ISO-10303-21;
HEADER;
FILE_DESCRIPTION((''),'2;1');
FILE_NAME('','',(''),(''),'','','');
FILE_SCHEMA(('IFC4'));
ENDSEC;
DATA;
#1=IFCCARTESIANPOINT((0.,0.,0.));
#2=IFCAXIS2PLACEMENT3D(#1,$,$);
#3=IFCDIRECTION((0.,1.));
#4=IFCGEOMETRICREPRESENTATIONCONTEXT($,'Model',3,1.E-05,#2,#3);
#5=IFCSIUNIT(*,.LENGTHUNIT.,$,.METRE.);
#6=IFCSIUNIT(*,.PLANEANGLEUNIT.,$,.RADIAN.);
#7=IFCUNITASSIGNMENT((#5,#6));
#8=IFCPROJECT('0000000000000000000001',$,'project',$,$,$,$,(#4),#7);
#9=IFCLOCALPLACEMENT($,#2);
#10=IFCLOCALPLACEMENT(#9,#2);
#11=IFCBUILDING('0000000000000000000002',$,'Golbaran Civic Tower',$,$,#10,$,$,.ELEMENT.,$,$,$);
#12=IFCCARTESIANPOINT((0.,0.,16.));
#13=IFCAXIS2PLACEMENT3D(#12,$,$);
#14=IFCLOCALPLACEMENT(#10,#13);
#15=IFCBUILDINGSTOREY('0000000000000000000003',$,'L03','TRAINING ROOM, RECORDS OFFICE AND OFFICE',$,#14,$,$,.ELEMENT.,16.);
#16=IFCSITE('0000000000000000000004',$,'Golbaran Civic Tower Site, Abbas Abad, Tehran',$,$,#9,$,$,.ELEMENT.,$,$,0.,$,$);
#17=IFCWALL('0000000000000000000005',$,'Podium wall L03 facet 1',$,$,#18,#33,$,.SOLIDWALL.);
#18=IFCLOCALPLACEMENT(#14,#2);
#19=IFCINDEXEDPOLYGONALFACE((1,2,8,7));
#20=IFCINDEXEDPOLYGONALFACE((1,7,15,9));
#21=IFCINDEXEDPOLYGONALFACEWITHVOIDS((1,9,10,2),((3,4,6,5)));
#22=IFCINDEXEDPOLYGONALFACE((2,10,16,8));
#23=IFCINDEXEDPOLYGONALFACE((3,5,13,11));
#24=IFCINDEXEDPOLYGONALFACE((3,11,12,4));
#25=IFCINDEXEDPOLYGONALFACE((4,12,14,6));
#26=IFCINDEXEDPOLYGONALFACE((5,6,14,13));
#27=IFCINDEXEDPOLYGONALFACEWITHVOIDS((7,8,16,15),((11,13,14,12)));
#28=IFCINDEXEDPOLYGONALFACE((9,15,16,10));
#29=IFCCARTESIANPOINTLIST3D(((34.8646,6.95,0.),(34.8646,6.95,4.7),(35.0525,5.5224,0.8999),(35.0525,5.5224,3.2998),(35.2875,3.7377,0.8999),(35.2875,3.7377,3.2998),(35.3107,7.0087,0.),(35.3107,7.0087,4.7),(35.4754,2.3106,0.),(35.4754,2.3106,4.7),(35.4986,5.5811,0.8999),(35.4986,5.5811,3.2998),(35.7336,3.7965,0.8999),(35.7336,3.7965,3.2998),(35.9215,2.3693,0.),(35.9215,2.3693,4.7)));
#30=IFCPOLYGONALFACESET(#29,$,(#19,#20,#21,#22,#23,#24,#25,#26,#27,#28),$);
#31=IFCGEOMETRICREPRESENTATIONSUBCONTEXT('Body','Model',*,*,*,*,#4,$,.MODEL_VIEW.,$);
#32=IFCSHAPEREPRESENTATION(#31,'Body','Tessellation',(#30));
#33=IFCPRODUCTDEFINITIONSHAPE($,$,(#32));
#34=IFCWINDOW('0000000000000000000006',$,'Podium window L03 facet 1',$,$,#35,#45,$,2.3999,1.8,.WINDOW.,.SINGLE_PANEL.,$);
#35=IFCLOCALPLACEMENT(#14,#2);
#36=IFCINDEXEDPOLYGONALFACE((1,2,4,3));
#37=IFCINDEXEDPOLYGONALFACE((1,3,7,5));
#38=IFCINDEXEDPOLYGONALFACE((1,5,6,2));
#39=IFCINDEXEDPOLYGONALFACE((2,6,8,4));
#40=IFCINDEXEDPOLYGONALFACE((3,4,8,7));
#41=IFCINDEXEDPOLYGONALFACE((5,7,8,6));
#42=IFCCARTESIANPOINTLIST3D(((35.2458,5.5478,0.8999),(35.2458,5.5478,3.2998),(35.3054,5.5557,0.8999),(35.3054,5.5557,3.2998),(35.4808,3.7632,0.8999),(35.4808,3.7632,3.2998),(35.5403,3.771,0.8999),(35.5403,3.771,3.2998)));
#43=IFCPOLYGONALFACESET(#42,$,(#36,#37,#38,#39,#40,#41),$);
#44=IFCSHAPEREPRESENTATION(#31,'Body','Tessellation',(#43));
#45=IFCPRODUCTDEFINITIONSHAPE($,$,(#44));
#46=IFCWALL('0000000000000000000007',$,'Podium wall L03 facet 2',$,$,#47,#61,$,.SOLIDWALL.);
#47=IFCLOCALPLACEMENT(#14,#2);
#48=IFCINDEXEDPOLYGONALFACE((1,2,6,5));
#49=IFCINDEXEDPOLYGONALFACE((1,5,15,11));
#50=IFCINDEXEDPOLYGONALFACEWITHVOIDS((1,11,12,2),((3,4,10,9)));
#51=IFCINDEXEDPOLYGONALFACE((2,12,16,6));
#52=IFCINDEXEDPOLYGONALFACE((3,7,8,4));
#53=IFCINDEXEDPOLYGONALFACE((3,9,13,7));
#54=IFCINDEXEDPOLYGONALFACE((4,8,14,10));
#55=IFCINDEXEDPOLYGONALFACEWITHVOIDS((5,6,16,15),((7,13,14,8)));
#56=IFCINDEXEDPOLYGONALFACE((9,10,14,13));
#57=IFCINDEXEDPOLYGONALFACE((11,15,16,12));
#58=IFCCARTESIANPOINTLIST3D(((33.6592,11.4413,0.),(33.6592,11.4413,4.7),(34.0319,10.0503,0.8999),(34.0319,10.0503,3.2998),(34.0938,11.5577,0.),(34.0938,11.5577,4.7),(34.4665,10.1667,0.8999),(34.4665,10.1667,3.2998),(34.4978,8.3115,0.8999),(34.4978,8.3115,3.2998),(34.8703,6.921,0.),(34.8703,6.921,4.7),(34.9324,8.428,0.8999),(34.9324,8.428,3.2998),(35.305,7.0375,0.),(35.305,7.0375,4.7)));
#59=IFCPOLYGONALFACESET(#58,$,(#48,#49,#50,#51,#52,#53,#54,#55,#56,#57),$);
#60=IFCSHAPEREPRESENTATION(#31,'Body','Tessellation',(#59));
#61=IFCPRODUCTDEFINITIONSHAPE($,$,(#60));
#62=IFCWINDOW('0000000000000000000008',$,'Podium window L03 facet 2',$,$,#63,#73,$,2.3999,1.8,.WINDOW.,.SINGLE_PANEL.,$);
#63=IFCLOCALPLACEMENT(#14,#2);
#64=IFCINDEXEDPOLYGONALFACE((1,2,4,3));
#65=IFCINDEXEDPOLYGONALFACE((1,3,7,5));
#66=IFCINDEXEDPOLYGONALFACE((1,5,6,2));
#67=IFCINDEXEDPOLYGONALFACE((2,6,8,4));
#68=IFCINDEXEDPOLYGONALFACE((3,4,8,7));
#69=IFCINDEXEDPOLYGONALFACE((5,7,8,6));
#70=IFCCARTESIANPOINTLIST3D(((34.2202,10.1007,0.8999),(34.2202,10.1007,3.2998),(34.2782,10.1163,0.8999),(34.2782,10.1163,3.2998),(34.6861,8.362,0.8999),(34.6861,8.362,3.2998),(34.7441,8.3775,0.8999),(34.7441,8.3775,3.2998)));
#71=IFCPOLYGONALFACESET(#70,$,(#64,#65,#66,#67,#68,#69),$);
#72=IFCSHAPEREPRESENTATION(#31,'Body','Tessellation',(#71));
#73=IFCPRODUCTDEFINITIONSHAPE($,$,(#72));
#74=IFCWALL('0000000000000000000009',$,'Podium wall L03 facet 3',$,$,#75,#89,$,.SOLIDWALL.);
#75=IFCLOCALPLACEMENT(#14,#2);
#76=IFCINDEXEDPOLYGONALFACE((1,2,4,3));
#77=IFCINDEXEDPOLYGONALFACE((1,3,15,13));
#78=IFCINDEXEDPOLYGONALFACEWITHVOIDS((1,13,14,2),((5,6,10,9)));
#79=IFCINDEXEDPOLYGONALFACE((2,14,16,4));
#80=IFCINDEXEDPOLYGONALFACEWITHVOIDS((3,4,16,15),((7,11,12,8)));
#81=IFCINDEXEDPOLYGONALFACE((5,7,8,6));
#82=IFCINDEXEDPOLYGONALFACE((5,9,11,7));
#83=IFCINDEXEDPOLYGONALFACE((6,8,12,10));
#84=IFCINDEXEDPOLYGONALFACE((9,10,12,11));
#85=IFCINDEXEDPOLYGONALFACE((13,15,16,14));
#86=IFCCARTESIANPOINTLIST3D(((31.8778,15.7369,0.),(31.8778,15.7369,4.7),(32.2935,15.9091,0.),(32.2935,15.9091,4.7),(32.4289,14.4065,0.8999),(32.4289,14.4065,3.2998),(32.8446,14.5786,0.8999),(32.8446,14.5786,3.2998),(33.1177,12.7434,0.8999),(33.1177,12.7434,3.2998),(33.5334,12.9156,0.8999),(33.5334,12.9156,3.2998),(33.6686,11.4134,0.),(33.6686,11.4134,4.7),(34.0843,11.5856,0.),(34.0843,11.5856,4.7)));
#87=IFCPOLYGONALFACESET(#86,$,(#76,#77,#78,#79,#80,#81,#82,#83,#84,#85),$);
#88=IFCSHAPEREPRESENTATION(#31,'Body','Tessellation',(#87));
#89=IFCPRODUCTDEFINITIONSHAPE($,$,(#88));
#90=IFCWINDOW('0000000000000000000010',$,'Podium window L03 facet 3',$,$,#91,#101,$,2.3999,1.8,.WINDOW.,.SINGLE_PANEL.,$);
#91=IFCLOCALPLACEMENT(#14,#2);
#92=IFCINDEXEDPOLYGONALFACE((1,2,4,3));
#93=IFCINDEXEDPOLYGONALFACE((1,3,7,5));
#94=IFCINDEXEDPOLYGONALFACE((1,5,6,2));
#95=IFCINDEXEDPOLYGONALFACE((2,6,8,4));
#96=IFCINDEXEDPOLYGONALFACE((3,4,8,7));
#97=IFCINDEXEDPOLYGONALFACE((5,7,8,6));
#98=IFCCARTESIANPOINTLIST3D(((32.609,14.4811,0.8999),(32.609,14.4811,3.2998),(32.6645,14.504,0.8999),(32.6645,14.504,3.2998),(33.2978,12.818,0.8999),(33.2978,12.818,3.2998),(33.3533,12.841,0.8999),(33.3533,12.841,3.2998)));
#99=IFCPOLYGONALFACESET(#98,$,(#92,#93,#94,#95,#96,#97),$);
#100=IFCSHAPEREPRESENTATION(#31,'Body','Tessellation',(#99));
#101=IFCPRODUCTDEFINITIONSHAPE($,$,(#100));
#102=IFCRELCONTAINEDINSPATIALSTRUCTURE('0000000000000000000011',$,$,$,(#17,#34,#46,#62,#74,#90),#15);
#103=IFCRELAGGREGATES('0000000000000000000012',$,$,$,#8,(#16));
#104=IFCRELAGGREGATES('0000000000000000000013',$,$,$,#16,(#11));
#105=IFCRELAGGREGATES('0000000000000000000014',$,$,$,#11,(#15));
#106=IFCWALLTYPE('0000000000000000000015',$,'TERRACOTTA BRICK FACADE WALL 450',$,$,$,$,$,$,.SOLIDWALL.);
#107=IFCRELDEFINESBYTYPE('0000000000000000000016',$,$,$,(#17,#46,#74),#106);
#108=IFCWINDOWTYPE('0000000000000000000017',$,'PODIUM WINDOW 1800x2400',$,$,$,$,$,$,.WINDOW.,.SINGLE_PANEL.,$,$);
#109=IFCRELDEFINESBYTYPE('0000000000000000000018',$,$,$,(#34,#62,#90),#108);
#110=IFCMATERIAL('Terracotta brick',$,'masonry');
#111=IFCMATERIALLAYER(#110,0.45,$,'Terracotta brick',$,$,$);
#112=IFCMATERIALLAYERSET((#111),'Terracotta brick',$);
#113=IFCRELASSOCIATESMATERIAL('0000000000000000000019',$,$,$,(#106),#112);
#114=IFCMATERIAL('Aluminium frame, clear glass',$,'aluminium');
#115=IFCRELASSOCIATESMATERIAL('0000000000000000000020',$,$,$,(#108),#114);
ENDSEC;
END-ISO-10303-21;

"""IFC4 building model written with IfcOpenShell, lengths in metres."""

from ifc_helpers import new_model, si_unit, direction, frame, frame_2d, origin, place, context, subcontext, project, spatial, rectangle, extrude, material, layer, layer_set, type_object, element, fill, save


model = new_model("IFC4")

# Units and contexts
model_context = context("Model", 3, precision=1e-05, world=origin(), true_north=direction((0.0, 1.0)))
body_context = subcontext(model_context, "Body", "Model", "MODEL_VIEW")
ifc_project = project(units=[si_unit("LENGTHUNIT", "METRE"), si_unit("PLANEANGLEUNIT", "RADIAN")], contexts=[model_context])

# Site, building, storey
site_placement = place(None, origin())
site = spatial("IfcSite", under=ifc_project, at=site_placement, Name="Golbaran Civic Tower Site, Abbas Abad, Tehran", CompositionType="ELEMENT", RefElevation=0.0)
building_placement = place(site_placement, origin())
building = spatial("IfcBuilding", under=site, at=building_placement, Name="Golbaran Civic Tower", CompositionType="ELEMENT")
storey_placement = place(building_placement, frame((0.0, 0.0, 16.0)))
storey = spatial("IfcBuildingStorey", under=building, at=storey_placement, Name="L03", Description="TRAINING ROOM, RECORDS OFFICE AND OFFICE", CompositionType="ELEMENT", Elevation=16.0)

# Walls, openings, windows
ifc_material_1 = material(Name="Terracotta brick", Category="masonry")
ifc_layer_1 = layer(ifc_material_1, 0.45, Name="Terracotta brick")
ifc_layer_set_1 = layer_set([ifc_layer_1], Name="Terracotta brick")
wall_type_1 = type_object("IfcWallType", Name="TERRACOTTA BRICK FACADE WALL 450", PredefinedType="SOLIDWALL", material=ifc_layer_set_1)
wall_1_placement = place(storey_placement, frame((35.6985, 2.3398, 0.0), z_axis=(0.0, 0.0, 1.0), x_axis=(-0.130537, 0.991443, 0.0)))
wall_1 = element("IfcWall", 1, at=wall_1_placement, inside=storey, type_object=wall_type_1, Name="Podium wall L03 facet 1", PredefinedType="SOLIDWALL", context=body_context, shape_type="SweptSolid", body=[
    extrude(rectangle(XDim=4.6794, YDim=0.45, at=frame_2d((2.3398, 0.0))), origin(), (0.0, 0.0, 1.0), 4.7),
])
opening_1_placement = place(wall_1_placement, frame((1.4397, 0.0, 0.8999)))
opening_1 = element("IfcOpeningElement", 2, at=opening_1_placement, cuts=wall_1, PredefinedType="OPENING", context=body_context, shape_type="SweptSolid", body=[
    extrude(rectangle(XDim=1.8, YDim=2.3999, at=frame_2d((0.8999, 1.2))), frame((0.0, 0.2349, 0.0), z_axis=(0.0, -1.0, 0.0), x_axis=(1.0, 0.0, 0.0)), (0.0, 0.0, 1.0), 0.47),
])
ifc_material_2 = material(Name="Aluminium frame, clear glass", Category="aluminium")
window_type = type_object("IfcWindowType", Name="PODIUM WINDOW 1800x2400", PartitioningType="SINGLE_PANEL", PredefinedType="WINDOW", material=ifc_material_2)
window_1_placement = place(opening_1_placement, origin())
window_1 = element("IfcWindow", 3, at=window_1_placement, inside=storey, type_object=window_type, Name="Podium window L03 facet 1", OverallHeight=2.3999, OverallWidth=1.8, PartitioningType="SINGLE_PANEL", PredefinedType="WINDOW", context=body_context, shape_type="SweptSolid", body=[
    extrude(rectangle(XDim=1.8, YDim=2.3999, at=frame_2d((0.8999, 1.2))), frame((0.0, 0.03, 0.0), z_axis=(0.0, -1.0, 0.0), x_axis=(1.0, 0.0, 0.0)), (0.0, 0.0, 1.0), 0.0601),
])
fill(opening_1, window_1)
wall_2_placement = place(storey_placement, frame((35.0876, 6.9792, 0.0), z_axis=(0.0, 0.0, 1.0), x_axis=(-0.258815, 0.965927, 0.0)))
wall_2 = element("IfcWall", 4, at=wall_2_placement, inside=storey, type_object=wall_type_1, Name="Podium wall L03 facet 2", PredefinedType="SOLIDWALL", context=body_context, shape_type="SweptSolid", body=[
    extrude(rectangle(XDim=4.6797, YDim=0.45, at=frame_2d((2.3398, 0.0))), origin(), (0.0, 0.0, 1.0), 4.7),
])
opening_2_placement = place(wall_2_placement, frame((1.4397, 0.0, 0.8999)))
opening_2 = element("IfcOpeningElement", 5, at=opening_2_placement, cuts=wall_2, PredefinedType="OPENING", context=body_context, shape_type="SweptSolid", body=[
    extrude(rectangle(XDim=1.8, YDim=2.3999, at=frame_2d((0.8999, 1.2))), frame((0.0, 0.2349, 0.0), z_axis=(0.0, -1.0, 0.0), x_axis=(1.0, 0.0, 0.0)), (0.0, 0.0, 1.0), 0.47),
])
window_2_placement = place(opening_2_placement, origin())
window_2 = element("IfcWindow", 6, at=window_2_placement, inside=storey, type_object=window_type, Name="Podium window L03 facet 2", OverallHeight=2.3999, OverallWidth=1.8, PartitioningType="SINGLE_PANEL", PredefinedType="WINDOW", context=body_context, shape_type="SweptSolid", body=[
    extrude(rectangle(XDim=1.8, YDim=2.3999, at=frame_2d((0.8999, 1.2))), frame((0.0, 0.03, 0.0), z_axis=(0.0, -1.0, 0.0), x_axis=(1.0, 0.0, 0.0)), (0.0, 0.0, 1.0), 0.0601),
])
fill(opening_2, window_2)
wall_3_placement = place(storey_placement, frame((33.8765, 11.4995, 0.0), z_axis=(0.0, 0.0, 1.0), x_axis=(-0.38267, 0.923885, 0.0)))
wall_3 = element("IfcWall", 7, at=wall_3_placement, inside=storey, type_object=wall_type_1, Name="Podium wall L03 facet 3", PredefinedType="SOLIDWALL", context=body_context, shape_type="SweptSolid", body=[
    extrude(rectangle(XDim=4.6797, YDim=0.45, at=frame_2d((2.3398, 0.0))), origin(), (0.0, 0.0, 1.0), 4.7),
])
opening_3_placement = place(wall_3_placement, frame((1.4397, 0.0, 0.8999)))
opening_3 = element("IfcOpeningElement", 8, at=opening_3_placement, cuts=wall_3, PredefinedType="OPENING", context=body_context, shape_type="SweptSolid", body=[
    extrude(rectangle(XDim=1.8, YDim=2.3999, at=frame_2d((0.8999, 1.2))), frame((0.0, 0.2349, 0.0), z_axis=(0.0, -1.0, 0.0), x_axis=(1.0, 0.0, 0.0)), (0.0, 0.0, 1.0), 0.47),
])
window_3_placement = place(opening_3_placement, origin())
window_3 = element("IfcWindow", 9, at=window_3_placement, inside=storey, type_object=window_type, Name="Podium window L03 facet 3", OverallHeight=2.3999, OverallWidth=1.8, PartitioningType="SINGLE_PANEL", PredefinedType="WINDOW", context=body_context, shape_type="SweptSolid", body=[
    extrude(rectangle(XDim=1.8, YDim=2.3999, at=frame_2d((0.8999, 1.2))), frame((0.0, 0.03, 0.0), z_axis=(0.0, -1.0, 0.0), x_axis=(1.0, 0.0, 0.0)), (0.0, 0.0, 1.0), 0.0601),
])
fill(opening_3, window_3)

save(model, "model.ifc")
